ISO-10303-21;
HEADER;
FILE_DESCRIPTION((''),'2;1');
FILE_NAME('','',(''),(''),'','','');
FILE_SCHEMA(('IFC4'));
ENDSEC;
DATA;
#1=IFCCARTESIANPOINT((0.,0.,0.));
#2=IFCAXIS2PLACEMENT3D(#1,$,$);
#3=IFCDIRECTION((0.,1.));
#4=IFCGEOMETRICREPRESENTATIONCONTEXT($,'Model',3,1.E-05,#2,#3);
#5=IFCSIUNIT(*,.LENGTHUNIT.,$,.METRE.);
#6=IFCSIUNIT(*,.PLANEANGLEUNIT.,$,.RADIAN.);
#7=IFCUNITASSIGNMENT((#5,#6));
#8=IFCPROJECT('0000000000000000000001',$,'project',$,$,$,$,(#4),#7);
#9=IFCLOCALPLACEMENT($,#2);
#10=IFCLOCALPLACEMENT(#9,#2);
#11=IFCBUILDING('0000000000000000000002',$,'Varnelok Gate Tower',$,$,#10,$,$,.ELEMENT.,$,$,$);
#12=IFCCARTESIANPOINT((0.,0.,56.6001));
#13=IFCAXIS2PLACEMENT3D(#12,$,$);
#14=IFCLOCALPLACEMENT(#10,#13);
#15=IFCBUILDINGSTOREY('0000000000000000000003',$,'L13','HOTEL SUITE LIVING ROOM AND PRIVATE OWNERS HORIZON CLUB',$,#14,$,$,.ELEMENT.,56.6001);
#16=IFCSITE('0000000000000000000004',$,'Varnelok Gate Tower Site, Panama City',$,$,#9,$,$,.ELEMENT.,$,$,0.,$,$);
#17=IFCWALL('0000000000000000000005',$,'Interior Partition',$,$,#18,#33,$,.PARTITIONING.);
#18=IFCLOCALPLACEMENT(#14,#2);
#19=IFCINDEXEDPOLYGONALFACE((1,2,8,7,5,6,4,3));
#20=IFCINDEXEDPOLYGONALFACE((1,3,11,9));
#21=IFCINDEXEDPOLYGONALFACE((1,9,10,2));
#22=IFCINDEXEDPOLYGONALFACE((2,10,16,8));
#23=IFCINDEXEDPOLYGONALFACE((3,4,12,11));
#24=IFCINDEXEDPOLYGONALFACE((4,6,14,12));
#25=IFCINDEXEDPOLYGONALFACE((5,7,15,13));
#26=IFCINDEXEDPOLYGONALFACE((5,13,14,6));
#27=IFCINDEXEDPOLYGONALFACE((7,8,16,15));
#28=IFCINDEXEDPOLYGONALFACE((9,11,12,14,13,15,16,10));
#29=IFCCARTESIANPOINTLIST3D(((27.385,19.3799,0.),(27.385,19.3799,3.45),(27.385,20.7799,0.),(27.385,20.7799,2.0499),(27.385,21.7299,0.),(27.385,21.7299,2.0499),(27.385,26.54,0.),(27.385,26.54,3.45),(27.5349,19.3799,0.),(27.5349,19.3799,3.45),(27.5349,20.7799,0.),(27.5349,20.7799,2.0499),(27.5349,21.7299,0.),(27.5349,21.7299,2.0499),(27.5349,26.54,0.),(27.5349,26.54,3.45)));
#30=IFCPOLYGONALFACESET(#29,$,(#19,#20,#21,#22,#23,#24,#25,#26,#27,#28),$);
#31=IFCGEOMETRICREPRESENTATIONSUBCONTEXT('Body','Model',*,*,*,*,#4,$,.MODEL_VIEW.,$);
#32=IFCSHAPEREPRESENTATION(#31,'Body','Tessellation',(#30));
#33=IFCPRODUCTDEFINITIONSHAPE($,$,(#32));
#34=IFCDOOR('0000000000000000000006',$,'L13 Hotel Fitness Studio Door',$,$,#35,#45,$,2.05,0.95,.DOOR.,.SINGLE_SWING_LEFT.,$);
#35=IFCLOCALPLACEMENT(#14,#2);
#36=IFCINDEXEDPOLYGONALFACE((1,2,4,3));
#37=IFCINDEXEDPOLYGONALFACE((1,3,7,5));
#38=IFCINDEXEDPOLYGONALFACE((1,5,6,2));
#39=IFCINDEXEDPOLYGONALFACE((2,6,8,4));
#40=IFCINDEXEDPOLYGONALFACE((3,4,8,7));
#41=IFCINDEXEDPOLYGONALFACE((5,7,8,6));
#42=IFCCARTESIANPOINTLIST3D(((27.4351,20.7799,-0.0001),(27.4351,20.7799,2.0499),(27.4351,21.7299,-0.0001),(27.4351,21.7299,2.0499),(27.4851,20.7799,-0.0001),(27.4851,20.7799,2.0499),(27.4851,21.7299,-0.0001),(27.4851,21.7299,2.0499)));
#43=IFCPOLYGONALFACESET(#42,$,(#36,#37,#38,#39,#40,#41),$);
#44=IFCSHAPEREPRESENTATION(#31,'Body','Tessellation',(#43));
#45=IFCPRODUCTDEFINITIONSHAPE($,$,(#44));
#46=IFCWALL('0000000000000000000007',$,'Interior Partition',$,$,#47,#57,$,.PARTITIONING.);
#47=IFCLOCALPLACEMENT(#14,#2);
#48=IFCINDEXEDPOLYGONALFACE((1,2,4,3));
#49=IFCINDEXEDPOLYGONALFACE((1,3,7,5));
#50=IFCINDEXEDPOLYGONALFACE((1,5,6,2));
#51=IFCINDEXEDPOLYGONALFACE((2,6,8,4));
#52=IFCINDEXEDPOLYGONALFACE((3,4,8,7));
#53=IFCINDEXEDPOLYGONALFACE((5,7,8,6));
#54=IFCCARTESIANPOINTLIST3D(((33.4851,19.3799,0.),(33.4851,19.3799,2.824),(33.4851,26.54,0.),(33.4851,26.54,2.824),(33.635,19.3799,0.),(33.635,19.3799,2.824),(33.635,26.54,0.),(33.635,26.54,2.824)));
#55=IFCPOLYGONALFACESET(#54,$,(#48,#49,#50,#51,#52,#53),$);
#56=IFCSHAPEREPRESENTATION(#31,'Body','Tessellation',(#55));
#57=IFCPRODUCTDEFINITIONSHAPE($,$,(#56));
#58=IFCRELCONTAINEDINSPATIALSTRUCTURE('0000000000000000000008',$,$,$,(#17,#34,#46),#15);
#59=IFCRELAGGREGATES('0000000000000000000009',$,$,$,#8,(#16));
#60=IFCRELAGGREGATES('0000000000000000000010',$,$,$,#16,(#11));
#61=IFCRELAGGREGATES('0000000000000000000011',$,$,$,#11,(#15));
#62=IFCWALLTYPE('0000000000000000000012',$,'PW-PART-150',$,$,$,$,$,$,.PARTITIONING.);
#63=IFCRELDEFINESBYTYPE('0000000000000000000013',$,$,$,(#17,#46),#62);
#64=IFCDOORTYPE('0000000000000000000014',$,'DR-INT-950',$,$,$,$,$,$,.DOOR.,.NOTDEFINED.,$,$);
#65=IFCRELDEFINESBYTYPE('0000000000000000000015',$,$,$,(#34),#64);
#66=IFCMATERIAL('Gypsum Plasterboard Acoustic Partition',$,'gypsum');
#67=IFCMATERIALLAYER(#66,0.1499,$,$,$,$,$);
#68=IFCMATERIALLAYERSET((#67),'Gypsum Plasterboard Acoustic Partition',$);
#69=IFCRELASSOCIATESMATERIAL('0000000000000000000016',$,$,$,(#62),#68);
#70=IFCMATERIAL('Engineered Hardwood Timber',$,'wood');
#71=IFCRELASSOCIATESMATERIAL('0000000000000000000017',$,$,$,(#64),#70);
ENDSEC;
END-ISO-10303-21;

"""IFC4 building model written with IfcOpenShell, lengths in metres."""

from ifc_helpers import new_model, si_unit, direction, frame, frame_2d, origin, place, context, subcontext, project, spatial, rectangle, extrude, material, layer, layer_set, type_object, element, fill, save


model = new_model("IFC4")

# Units and contexts
model_context = context("Model", 3, precision=1e-05, world=origin(), true_north=direction((0.0, 1.0)))
body_context = subcontext(model_context, "Body", "Model", "MODEL_VIEW")
ifc_project = project(units=[si_unit("LENGTHUNIT", "METRE"), si_unit("PLANEANGLEUNIT", "RADIAN")], contexts=[model_context])

# Site, building, storey
site_placement = place(None, origin())
site = spatial("IfcSite", under=ifc_project, at=site_placement, Name="Varnelok Gate Tower Site, Panama City", CompositionType="ELEMENT", RefElevation=0.0)
building_placement = place(site_placement, origin())
building = spatial("IfcBuilding", under=site, at=building_placement, Name="Varnelok Gate Tower", CompositionType="ELEMENT")
storey_placement = place(building_placement, frame((0.0, 0.0, 56.6001)))
storey = spatial("IfcBuildingStorey", under=building, at=storey_placement, Name="L13", Description="HOTEL SUITE LIVING ROOM AND PRIVATE OWNERS HORIZON CLUB", CompositionType="ELEMENT", Elevation=56.6001)

# Shared definitions
ifc_material_1 = material(Name="Gypsum Plasterboard Acoustic Partition", Category="gypsum")
ifc_material_2 = material(Name="Engineered Hardwood Timber", Category="wood")

# Shared definitions
ifc_layer_1 = layer(ifc_material_1, 0.1499)
ifc_layer_set_1 = layer_set([ifc_layer_1], Name="Gypsum Plasterboard Acoustic Partition")
wall_type_1 = type_object("IfcWallType", Name="PW-PART-150", PredefinedType="PARTITIONING", material=ifc_layer_set_1)

# Wall, opening, door
wall_1_placement = place(storey_placement, frame((27.46, 19.3799, 0.0), z_axis=(0.0, 0.0, 1.0), x_axis=(0.0, 1.0, 0.0)))
wall_1 = element("IfcWall", 1, at=wall_1_placement, inside=storey, type_object=wall_type_1, Name="Interior Partition", PredefinedType="PARTITIONING", context=body_context, shape_type="SweptSolid", body=[
    extrude(rectangle(XDim=7.1602, YDim=0.1499, at=frame_2d((3.5801, 0.0))), origin(), (0.0, 0.0, 1.0), 3.45),
])
opening_1_placement = place(wall_1_placement, frame((1.3999, 0.0, 0.0)))
opening_1 = element("IfcOpeningElement", 2, at=opening_1_placement, cuts=wall_1, PredefinedType="OPENING", context=body_context, shape_type="SweptSolid", body=[
    extrude(rectangle(XDim=0.95, YDim=2.05, at=frame_2d((0.4751, 1.0249))), frame((0.0, 0.085, 0.0), z_axis=(0.0, -1.0, 0.0), x_axis=(1.0, 0.0, 0.0)), (0.0, 0.0, 1.0), 0.1699),
])
door_type_1 = type_object("IfcDoorType", Name="DR-INT-950", OperationType="NOTDEFINED", PredefinedType="DOOR", material=ifc_material_2)
door_1_placement = place(opening_1_placement, origin())
door_1 = element("IfcDoor", 3, at=door_1_placement, inside=storey, type_object=door_type_1, Name="L13 Hotel Fitness Studio Door", OperationType="SINGLE_SWING_LEFT", OverallHeight=2.05, OverallWidth=0.95, PredefinedType="DOOR", context=body_context, shape_type="SweptSolid", body=[
    extrude(rectangle(XDim=0.95, YDim=2.05, at=frame_2d((0.4751, 1.0249))), frame((0.0, 0.0249, 0.0), z_axis=(0.0, -1.0, 0.0), x_axis=(1.0, 0.0, 0.0)), (0.0, 0.0, 1.0), 0.05),
])
fill(opening_1, door_1)

# Wall
wall_2_placement = place(storey_placement, frame((33.5601, 19.3799, 0.0), z_axis=(0.0, 0.0, 1.0), x_axis=(0.0, 1.0, 0.0)))
element("IfcWall", 4, at=wall_2_placement, inside=storey, type_object=wall_type_1, Name="Interior Partition", PredefinedType="PARTITIONING", context=body_context, shape_type="SweptSolid", body=[
    extrude(rectangle(XDim=7.1602, YDim=0.1499, at=frame_2d((3.5801, 0.0))), origin(), (0.0, 0.0, 1.0), 2.824),
])

save(model, "model.ifc")
